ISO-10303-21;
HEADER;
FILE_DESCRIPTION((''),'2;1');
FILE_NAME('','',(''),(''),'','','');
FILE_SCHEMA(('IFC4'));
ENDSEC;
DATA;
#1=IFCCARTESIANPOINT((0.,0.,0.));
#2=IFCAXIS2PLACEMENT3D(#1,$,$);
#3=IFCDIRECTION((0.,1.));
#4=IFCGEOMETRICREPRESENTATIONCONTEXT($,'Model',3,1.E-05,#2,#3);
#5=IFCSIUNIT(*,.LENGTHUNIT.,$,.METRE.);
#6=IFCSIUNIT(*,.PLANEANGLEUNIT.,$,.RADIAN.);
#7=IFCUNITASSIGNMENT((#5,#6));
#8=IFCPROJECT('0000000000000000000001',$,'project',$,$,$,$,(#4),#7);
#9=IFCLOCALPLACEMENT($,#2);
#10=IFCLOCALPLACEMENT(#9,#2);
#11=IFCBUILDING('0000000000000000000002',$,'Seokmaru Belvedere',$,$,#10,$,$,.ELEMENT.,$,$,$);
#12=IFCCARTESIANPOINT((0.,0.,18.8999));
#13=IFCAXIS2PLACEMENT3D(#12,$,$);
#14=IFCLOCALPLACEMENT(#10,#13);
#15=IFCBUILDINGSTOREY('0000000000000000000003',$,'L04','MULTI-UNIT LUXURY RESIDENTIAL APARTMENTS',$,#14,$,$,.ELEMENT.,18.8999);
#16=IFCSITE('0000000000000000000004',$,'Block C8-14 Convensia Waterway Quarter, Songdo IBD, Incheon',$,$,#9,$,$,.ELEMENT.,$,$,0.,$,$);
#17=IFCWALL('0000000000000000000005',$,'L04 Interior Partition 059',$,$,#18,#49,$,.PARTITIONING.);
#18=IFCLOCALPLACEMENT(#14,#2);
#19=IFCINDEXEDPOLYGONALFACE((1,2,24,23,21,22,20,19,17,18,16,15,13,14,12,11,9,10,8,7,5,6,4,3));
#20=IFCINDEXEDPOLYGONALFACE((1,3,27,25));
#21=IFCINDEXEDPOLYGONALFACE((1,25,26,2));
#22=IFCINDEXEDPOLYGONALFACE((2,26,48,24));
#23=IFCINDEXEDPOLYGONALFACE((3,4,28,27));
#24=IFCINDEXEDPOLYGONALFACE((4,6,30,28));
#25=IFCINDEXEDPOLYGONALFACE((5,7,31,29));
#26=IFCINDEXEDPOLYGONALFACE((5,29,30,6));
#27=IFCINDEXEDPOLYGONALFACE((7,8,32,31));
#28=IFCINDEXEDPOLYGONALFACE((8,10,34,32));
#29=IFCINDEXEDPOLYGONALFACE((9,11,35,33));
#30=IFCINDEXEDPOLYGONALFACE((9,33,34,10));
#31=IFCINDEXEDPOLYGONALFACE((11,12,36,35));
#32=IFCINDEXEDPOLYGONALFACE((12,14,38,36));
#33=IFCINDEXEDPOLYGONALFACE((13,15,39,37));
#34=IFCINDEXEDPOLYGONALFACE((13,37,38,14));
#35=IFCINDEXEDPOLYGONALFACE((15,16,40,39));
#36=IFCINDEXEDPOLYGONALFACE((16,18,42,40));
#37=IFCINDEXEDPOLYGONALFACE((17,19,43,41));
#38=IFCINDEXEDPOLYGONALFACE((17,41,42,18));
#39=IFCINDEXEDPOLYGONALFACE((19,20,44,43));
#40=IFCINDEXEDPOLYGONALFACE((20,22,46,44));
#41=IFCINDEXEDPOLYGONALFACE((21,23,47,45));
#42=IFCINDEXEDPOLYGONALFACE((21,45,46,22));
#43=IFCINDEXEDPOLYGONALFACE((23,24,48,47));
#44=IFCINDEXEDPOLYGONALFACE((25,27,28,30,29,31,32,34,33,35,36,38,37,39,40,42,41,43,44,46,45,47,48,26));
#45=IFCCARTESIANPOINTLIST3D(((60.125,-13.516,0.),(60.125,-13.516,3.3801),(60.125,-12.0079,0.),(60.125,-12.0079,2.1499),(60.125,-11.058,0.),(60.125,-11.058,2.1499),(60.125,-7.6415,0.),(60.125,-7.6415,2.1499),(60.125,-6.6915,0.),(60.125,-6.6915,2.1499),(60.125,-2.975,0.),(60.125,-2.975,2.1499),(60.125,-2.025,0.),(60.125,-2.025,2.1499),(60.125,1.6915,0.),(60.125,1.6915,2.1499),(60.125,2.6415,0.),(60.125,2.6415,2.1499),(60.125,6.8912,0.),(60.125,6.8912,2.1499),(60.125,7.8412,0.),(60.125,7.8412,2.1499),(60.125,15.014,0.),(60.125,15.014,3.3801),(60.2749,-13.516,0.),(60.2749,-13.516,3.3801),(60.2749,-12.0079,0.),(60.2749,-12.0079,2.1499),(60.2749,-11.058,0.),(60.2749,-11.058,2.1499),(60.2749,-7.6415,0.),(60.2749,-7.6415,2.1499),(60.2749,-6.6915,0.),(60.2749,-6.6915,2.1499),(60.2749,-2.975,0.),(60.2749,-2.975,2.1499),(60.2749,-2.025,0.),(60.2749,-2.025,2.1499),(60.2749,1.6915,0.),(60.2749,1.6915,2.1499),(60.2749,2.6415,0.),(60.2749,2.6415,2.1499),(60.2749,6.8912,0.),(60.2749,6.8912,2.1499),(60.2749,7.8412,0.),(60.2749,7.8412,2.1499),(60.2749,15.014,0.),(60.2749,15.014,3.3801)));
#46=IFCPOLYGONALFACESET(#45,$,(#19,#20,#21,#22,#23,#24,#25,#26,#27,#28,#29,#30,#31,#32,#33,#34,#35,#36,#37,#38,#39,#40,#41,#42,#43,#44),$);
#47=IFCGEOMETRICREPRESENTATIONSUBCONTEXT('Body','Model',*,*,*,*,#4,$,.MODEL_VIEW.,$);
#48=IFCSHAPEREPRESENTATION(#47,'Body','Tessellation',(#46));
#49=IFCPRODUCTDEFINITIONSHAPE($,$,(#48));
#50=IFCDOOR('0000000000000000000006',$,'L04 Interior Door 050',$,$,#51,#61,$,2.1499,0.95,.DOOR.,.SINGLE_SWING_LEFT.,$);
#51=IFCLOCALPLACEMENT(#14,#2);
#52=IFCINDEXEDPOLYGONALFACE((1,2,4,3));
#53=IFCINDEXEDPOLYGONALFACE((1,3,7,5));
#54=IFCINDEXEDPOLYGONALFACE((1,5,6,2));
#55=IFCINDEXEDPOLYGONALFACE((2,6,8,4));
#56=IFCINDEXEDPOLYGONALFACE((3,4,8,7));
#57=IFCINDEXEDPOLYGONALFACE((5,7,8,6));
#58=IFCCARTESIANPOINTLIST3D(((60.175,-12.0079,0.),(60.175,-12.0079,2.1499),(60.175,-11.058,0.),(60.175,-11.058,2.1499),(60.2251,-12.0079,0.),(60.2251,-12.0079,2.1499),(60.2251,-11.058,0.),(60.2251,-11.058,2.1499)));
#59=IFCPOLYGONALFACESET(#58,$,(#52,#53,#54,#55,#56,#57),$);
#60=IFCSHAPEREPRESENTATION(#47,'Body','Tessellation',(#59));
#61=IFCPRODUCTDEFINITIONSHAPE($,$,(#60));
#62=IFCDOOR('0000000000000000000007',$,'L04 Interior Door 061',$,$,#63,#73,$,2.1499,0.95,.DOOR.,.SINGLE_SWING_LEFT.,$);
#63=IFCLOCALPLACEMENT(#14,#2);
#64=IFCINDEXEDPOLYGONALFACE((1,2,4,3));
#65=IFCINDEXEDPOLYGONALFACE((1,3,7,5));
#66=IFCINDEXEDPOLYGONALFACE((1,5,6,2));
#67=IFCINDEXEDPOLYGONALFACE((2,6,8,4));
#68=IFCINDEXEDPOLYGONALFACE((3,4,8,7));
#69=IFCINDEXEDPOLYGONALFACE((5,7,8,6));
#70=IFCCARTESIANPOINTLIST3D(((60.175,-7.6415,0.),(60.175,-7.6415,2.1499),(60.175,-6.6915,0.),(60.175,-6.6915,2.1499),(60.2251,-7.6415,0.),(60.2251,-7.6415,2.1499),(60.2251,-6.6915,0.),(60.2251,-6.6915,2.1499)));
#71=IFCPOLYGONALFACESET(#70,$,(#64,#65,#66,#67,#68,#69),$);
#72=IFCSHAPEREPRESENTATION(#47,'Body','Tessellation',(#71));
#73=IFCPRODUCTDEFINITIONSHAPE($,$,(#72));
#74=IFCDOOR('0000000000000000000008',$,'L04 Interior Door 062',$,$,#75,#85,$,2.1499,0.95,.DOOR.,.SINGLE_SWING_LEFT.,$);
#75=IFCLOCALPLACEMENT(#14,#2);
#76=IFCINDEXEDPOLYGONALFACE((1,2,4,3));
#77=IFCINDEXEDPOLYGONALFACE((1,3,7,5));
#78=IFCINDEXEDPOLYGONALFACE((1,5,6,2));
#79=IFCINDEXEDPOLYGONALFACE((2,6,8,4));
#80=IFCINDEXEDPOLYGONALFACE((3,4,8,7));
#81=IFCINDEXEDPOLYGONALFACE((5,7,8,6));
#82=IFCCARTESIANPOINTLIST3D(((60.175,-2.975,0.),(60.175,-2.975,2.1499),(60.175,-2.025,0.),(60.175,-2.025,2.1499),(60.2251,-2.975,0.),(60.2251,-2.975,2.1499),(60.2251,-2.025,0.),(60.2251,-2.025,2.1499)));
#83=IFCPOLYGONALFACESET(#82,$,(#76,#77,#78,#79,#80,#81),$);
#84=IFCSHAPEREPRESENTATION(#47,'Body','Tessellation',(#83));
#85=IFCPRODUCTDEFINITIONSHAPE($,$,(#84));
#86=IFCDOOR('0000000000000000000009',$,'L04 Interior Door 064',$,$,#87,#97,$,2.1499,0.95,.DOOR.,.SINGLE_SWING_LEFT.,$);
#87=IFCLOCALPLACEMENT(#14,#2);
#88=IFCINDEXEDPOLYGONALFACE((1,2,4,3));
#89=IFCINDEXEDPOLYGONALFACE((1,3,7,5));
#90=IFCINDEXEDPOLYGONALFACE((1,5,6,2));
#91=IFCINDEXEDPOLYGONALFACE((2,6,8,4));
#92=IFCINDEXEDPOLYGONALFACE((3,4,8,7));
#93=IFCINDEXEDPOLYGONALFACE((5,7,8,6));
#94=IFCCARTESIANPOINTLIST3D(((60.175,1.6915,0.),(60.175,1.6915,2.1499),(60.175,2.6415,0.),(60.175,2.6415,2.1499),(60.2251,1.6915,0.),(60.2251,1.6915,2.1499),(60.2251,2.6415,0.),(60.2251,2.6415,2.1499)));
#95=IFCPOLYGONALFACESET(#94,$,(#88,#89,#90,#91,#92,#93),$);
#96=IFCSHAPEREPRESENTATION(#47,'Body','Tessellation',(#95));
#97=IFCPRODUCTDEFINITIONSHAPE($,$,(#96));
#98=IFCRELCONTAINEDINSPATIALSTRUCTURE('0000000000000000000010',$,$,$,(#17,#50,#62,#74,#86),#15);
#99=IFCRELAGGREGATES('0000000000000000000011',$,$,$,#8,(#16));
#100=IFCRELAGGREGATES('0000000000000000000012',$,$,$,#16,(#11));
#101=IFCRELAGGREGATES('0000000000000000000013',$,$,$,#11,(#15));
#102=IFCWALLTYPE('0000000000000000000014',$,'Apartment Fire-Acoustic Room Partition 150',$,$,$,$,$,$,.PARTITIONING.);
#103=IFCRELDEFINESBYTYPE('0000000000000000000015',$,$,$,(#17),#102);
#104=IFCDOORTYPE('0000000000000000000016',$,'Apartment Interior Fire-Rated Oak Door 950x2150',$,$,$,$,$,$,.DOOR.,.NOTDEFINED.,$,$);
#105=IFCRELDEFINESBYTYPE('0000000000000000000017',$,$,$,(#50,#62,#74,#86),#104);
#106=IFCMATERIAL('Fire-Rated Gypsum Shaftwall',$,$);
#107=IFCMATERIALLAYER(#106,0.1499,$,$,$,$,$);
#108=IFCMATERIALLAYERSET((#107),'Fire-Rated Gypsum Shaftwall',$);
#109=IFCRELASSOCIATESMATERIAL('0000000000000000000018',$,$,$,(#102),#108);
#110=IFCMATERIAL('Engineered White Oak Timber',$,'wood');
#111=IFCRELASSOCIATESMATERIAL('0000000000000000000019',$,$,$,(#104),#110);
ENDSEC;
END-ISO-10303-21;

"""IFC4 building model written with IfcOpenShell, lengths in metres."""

from ifc_helpers import new_model, si_unit, direction, frame, frame_2d, origin, place, context, subcontext, project, spatial, rectangle, extrude, source, transform, mapped, material, layer, layer_set, type_object, type_shapes, element, fill, save


model = new_model("IFC4")

# Units and contexts
model_context = context("Model", 3, precision=1e-05, world=origin(), true_north=direction((0.0, 1.0)))
body_context = subcontext(model_context, "Body", "Model", "MODEL_VIEW")
ifc_project = project(units=[si_unit("LENGTHUNIT", "METRE"), si_unit("PLANEANGLEUNIT", "RADIAN")], contexts=[model_context])

# Site, building, storey
site_placement = place(None, origin())
site = spatial("IfcSite", under=ifc_project, at=site_placement, Name="Block C8-14 Convensia Waterway Quarter, Songdo IBD, Incheon", CompositionType="ELEMENT", RefElevation=0.0)
building_placement = place(site_placement, origin())
building = spatial("IfcBuilding", under=site, at=building_placement, Name="Seokmaru Belvedere", CompositionType="ELEMENT")
storey_placement = place(building_placement, frame((0.0, 0.0, 18.8999)))
storey = spatial("IfcBuildingStorey", under=building, at=storey_placement, Name="L04", Description="MULTI-UNIT LUXURY RESIDENTIAL APARTMENTS", CompositionType="ELEMENT", Elevation=18.8999)

# Wall, openings, doors
ifc_material_1 = material(Name="Fire-Rated Gypsum Shaftwall")
ifc_layer_1 = layer(ifc_material_1, 0.1499)
ifc_layer_set_1 = layer_set([ifc_layer_1], Name="Fire-Rated Gypsum Shaftwall")
wall_type = type_object("IfcWallType", Name="Apartment Fire-Acoustic Room Partition 150", PredefinedType="PARTITIONING", material=ifc_layer_set_1)
ifc_material_2 = material(Name="Engineered White Oak Timber", Category="wood")
door_type = type_object("IfcDoorType", Name="Apartment Interior Fire-Rated Oak Door 950x2150", OperationType="NOTDEFINED", PredefinedType="DOOR", material=ifc_material_2)
shared_shape_1 = source(origin(), body_context, "Body", "SweptSolid", [
    extrude(rectangle(XDim=0.95, YDim=2.1499, at=frame_2d((0.4751, 1.075))), frame((0.0, 0.0249, 0.0), z_axis=(0.0, -1.0, 0.0), x_axis=(1.0, 0.0, 0.0)), (0.0, 0.0, 1.0), 0.05),
])
type_shapes(door_type, [shared_shape_1])
wall_1_placement = place(storey_placement, frame((60.2, -13.5161, 0.0), z_axis=(0.0, 0.0, 1.0), x_axis=(0.0, 1.0, 0.0)))
wall_1 = element("IfcWall", 1, at=wall_1_placement, inside=storey, type_object=wall_type, Name="L04 Interior Partition 059", PredefinedType="PARTITIONING", context=body_context, shape_type="SweptSolid", body=[
    extrude(rectangle(XDim=28.53, YDim=0.1499, at=frame_2d((14.2651, 0.0))), origin(), (0.0, 0.0, 1.0), 3.3801),
])
opening_1_placement = place(wall_1_placement, frame((1.5081, 0.0, 0.0)))
opening_1 = element("IfcOpeningElement", 2, at=opening_1_placement, cuts=wall_1, PredefinedType="OPENING", context=body_context, shape_type="SweptSolid", body=[
    extrude(rectangle(XDim=0.95, YDim=2.1499, at=frame_2d((0.4751, 1.075))), frame((0.0, 0.085, 0.0), z_axis=(0.0, -1.0, 0.0), x_axis=(1.0, 0.0, 0.0)), (0.0, 0.0, 1.0), 0.1699),
])
opening_2_placement = place(wall_1_placement, frame((5.8745, 0.0, 0.0)))
opening_2 = element("IfcOpeningElement", 3, at=opening_2_placement, cuts=wall_1, PredefinedType="OPENING", context=body_context, shape_type="SweptSolid", body=[
    extrude(rectangle(XDim=0.95, YDim=2.1499, at=frame_2d((0.4751, 1.075))), frame((0.0, 0.085, 0.0), z_axis=(0.0, -1.0, 0.0), x_axis=(1.0, 0.0, 0.0)), (0.0, 0.0, 1.0), 0.1699),
])
opening_3_placement = place(wall_1_placement, frame((10.541, 0.0, 0.0)))
opening_3 = element("IfcOpeningElement", 4, at=opening_3_placement, cuts=wall_1, PredefinedType="OPENING", context=body_context, shape_type="SweptSolid", body=[
    extrude(rectangle(XDim=0.95, YDim=2.1499, at=frame_2d((0.4751, 1.075))), frame((0.0, 0.085, 0.0), z_axis=(0.0, -1.0, 0.0), x_axis=(1.0, 0.0, 0.0)), (0.0, 0.0, 1.0), 0.1699),
])
opening_4_placement = place(wall_1_placement, frame((15.2075, 0.0, 0.0)))
opening_4 = element("IfcOpeningElement", 5, at=opening_4_placement, cuts=wall_1, PredefinedType="OPENING", context=body_context, shape_type="SweptSolid", body=[
    extrude(rectangle(XDim=0.95, YDim=2.1499, at=frame_2d((0.4751, 1.075))), frame((0.0, 0.085, 0.0), z_axis=(0.0, -1.0, 0.0), x_axis=(1.0, 0.0, 0.0)), (0.0, 0.0, 1.0), 0.1699),
])
opening_5_placement = place(wall_1_placement, frame((20.4072, 0.0, 0.0)))
element("IfcOpeningElement", 6, at=opening_5_placement, cuts=wall_1, PredefinedType="OPENING", context=body_context, shape_type="SweptSolid", body=[
    extrude(rectangle(XDim=0.95, YDim=2.1499, at=frame_2d((0.4751, 1.075))), frame((0.0, 0.085, 0.0), z_axis=(0.0, -1.0, 0.0), x_axis=(1.0, 0.0, 0.0)), (0.0, 0.0, 1.0), 0.1699),
])
door_1_placement = place(opening_1_placement, origin())
door_1 = element("IfcDoor", 7, at=door_1_placement, inside=storey, type_object=door_type, Name="L04 Interior Door 050", OperationType="SINGLE_SWING_LEFT", OverallHeight=2.1499, OverallWidth=0.95, PredefinedType="DOOR", context=body_context, shape_type="MappedRepresentation", body=[
    mapped(shared_shape_1, transform((0.0, 0.0, 0.0), scale=1.0)),
])
fill(opening_1, door_1)
door_2_placement = place(opening_2_placement, origin())
door_2 = element("IfcDoor", 8, at=door_2_placement, inside=storey, type_object=door_type, Name="L04 Interior Door 061", OperationType="SINGLE_SWING_LEFT", OverallHeight=2.1499, OverallWidth=0.95, PredefinedType="DOOR", context=body_context, shape_type="MappedRepresentation", body=[
    mapped(shared_shape_1, transform((0.0, 0.0, 0.0), scale=1.0)),
])
fill(opening_2, door_2)
door_3_placement = place(opening_3_placement, origin())
door_3 = element("IfcDoor", 9, at=door_3_placement, inside=storey, type_object=door_type, Name="L04 Interior Door 062", OperationType="SINGLE_SWING_LEFT", OverallHeight=2.1499, OverallWidth=0.95, PredefinedType="DOOR", context=body_context, shape_type="MappedRepresentation", body=[
    mapped(shared_shape_1, transform((0.0, 0.0, 0.0), scale=1.0)),
])
fill(opening_3, door_3)
door_4_placement = place(opening_4_placement, origin())
door_4 = element("IfcDoor", 10, at=door_4_placement, inside=storey, type_object=door_type, Name="L04 Interior Door 064", OperationType="SINGLE_SWING_LEFT", OverallHeight=2.1499, OverallWidth=0.95, PredefinedType="DOOR", context=body_context, shape_type="MappedRepresentation", body=[
    mapped(shared_shape_1, transform((0.0, 0.0, 0.0), scale=1.0)),
])
fill(opening_4, door_4)

save(model, "model.ifc")
